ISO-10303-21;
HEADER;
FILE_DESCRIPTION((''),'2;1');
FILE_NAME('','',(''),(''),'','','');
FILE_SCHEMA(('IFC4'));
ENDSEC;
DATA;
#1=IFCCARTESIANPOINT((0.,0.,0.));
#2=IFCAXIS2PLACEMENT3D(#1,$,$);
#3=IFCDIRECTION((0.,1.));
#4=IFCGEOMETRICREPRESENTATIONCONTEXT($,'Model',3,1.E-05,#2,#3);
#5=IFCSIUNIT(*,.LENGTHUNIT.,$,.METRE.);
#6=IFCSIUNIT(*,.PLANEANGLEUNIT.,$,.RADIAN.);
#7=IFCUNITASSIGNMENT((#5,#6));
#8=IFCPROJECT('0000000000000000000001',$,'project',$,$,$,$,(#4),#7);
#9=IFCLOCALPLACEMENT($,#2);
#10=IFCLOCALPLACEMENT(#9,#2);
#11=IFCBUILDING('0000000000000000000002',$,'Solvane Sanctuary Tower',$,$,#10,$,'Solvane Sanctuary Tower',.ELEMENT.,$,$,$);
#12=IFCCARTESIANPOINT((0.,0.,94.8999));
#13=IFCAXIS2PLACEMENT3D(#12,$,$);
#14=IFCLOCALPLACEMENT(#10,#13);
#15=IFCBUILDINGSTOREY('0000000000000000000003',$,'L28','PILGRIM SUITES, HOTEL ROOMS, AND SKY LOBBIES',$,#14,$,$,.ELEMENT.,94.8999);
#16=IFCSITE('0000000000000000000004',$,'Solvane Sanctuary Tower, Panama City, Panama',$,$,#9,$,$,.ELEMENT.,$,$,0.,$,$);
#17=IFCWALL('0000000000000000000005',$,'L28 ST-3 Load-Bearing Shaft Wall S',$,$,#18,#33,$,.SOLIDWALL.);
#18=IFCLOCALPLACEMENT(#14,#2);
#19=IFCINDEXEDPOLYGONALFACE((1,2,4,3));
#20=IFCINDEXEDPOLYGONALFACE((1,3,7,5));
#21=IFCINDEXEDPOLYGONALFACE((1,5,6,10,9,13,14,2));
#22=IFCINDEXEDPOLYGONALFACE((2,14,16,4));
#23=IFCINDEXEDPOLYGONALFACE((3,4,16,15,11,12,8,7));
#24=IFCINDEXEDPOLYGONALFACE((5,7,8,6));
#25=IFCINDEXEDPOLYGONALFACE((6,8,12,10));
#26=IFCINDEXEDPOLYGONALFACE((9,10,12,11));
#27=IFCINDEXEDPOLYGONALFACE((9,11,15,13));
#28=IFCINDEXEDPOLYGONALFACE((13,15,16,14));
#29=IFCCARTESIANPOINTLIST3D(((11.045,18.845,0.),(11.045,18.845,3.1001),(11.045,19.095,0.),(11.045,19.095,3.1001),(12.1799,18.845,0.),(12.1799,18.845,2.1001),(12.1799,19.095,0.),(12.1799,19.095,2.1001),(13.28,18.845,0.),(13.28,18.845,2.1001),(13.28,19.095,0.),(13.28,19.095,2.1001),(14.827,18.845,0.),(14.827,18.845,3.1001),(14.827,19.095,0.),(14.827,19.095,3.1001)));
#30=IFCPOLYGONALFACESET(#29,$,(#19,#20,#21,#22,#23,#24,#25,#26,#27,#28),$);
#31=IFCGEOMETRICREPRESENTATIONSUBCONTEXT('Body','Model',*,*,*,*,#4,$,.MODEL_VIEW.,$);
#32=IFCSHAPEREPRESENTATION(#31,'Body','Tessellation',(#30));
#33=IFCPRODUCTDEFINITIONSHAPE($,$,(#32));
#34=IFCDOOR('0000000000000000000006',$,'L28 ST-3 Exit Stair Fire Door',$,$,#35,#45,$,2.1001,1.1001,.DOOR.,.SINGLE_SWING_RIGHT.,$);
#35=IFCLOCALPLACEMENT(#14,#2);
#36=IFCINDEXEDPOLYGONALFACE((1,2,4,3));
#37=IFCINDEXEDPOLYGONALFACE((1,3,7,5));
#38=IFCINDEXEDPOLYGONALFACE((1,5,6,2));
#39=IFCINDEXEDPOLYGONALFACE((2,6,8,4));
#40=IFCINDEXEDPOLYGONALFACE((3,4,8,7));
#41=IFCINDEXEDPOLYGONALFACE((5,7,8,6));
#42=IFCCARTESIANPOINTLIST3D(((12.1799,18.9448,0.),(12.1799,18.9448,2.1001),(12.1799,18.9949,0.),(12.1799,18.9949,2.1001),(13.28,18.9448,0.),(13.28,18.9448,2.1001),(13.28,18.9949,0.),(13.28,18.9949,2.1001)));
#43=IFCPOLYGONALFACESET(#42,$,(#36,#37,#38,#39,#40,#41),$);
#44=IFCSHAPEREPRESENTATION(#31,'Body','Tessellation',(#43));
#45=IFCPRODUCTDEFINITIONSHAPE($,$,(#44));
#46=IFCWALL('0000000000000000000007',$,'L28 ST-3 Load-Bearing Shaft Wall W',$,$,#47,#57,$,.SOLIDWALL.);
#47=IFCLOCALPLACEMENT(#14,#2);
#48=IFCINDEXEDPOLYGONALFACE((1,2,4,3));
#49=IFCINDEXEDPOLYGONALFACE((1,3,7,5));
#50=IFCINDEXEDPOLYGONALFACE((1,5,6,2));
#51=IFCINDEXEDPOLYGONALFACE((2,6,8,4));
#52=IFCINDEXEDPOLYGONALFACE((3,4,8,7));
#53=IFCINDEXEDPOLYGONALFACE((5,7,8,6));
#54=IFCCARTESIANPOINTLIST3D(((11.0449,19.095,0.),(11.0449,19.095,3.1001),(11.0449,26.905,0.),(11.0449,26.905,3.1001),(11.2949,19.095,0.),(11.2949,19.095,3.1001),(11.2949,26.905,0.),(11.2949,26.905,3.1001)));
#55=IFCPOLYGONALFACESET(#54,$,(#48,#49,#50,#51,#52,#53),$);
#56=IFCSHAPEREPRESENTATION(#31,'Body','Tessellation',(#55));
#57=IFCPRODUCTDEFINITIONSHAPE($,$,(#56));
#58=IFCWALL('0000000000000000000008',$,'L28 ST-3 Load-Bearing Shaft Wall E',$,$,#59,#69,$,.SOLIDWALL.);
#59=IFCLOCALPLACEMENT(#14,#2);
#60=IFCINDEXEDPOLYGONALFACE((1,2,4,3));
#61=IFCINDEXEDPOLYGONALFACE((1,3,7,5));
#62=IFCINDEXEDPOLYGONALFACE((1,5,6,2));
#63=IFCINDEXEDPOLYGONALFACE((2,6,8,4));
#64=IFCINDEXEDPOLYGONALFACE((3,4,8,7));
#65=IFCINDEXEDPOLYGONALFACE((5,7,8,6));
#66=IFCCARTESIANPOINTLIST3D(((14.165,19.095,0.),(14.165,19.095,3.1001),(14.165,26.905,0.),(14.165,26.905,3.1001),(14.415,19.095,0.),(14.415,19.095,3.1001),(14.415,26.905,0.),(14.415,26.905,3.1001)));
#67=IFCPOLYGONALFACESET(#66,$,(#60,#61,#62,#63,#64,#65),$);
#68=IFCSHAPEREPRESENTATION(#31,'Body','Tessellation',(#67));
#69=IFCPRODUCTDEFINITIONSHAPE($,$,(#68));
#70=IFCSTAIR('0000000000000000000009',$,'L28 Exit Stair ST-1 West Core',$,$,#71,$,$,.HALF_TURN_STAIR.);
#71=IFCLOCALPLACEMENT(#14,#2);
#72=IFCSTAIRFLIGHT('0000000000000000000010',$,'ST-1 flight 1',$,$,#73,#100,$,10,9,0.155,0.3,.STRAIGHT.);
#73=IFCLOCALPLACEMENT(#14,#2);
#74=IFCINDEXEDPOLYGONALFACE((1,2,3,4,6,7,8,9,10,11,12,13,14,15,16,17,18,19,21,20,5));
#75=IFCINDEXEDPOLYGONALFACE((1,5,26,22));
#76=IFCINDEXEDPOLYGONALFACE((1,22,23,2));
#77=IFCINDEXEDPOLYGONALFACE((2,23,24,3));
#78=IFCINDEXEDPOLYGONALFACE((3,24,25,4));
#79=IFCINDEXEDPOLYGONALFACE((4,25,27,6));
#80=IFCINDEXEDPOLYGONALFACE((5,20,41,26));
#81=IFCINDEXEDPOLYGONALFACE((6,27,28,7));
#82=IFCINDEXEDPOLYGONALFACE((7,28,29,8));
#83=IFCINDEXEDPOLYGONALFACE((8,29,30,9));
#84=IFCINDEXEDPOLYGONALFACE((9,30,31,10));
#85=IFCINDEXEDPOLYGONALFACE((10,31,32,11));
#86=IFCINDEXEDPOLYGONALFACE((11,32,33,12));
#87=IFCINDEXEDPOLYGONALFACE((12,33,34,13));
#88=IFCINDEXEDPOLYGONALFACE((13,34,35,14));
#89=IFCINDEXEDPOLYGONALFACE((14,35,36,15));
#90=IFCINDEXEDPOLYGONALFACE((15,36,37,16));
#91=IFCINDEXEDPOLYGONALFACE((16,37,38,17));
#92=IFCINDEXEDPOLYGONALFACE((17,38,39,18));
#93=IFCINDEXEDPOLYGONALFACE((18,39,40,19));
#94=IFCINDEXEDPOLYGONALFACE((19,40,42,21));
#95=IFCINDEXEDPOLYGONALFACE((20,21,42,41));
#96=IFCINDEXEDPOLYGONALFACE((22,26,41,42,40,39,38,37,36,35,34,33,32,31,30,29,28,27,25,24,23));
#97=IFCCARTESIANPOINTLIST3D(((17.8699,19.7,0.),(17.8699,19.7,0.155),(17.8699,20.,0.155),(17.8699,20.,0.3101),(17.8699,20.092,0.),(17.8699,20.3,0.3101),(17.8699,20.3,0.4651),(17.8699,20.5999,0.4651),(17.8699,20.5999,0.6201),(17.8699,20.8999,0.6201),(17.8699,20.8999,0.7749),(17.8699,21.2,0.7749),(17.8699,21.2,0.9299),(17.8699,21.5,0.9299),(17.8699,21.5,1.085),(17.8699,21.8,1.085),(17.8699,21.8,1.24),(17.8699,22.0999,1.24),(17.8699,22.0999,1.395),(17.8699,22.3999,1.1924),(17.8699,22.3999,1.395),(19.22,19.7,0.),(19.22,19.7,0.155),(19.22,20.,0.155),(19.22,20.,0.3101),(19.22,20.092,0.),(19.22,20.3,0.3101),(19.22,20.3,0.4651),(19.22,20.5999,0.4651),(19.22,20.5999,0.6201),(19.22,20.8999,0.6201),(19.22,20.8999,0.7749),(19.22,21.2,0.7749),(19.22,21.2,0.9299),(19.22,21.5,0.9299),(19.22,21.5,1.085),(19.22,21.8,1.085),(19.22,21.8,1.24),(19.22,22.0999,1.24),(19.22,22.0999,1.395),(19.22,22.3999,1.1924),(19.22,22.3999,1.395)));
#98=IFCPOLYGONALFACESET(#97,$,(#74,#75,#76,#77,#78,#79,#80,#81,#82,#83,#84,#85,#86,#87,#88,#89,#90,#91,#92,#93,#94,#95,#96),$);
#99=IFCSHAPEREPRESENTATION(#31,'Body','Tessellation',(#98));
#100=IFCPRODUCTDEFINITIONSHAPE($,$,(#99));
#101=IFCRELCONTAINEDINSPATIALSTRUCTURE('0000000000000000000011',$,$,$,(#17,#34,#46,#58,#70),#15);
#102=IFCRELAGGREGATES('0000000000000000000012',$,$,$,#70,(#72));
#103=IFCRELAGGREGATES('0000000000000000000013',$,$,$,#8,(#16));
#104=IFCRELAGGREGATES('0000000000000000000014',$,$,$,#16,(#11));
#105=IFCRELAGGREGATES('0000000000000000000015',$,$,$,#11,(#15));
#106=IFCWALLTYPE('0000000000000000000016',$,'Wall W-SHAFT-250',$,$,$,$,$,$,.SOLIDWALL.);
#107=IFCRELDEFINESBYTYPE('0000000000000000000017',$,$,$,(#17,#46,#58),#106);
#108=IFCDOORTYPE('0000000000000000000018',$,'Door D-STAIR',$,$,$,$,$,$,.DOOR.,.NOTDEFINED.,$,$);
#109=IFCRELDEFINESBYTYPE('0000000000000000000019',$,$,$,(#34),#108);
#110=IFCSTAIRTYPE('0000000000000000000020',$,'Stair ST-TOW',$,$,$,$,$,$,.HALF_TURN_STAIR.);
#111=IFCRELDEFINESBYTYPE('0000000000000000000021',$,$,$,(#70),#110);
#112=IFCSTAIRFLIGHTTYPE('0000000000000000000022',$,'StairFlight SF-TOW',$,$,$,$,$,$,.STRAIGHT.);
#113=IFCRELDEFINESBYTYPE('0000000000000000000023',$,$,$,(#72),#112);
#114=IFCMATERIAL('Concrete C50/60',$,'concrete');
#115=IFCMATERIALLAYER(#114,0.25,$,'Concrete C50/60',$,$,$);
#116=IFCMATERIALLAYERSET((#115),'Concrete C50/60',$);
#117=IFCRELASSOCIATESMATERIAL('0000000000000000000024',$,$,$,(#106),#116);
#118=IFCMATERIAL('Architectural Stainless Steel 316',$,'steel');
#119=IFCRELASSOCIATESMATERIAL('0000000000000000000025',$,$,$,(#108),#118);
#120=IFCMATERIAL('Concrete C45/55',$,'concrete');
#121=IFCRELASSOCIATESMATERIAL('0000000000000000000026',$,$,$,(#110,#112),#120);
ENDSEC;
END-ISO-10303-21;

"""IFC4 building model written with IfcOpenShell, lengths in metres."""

from ifc_helpers import new_model, si_unit, direction, frame, frame_2d, origin, place, context, subcontext, project, spatial, polyline, rectangle, outline, extrude, material, layer, layer_set, type_object, element, fill, aggregate, save


model = new_model("IFC4")

# Units and contexts
model_context = context("Model", 3, precision=1e-05, world=origin(), true_north=direction((0.0, 1.0)))
body_context = subcontext(model_context, "Body", "Model", "MODEL_VIEW")
ifc_project = project(units=[si_unit("LENGTHUNIT", "METRE"), si_unit("PLANEANGLEUNIT", "RADIAN")], contexts=[model_context])

# Site, building, storey
site_placement = place(None, origin())
site = spatial("IfcSite", under=ifc_project, at=site_placement, Name="Solvane Sanctuary Tower, Panama City, Panama", CompositionType="ELEMENT", RefElevation=0.0)
building_placement = place(site_placement, origin())
building = spatial("IfcBuilding", under=site, at=building_placement, Name="Solvane Sanctuary Tower", LongName="Solvane Sanctuary Tower", CompositionType="ELEMENT")
storey_placement = place(building_placement, frame((0.0, 0.0, 94.8999)))
storey = spatial("IfcBuildingStorey", under=building, at=storey_placement, Name="L28", Description="PILGRIM SUITES, HOTEL ROOMS, AND SKY LOBBIES", CompositionType="ELEMENT", Elevation=94.8999)

# Shared definitions
ifc_material_1 = material(Name="Concrete C50/60", Category="concrete")

# Shared definitions
ifc_layer_1 = layer(ifc_material_1, 0.25, Name="Concrete C50/60")
ifc_layer_set_1 = layer_set([ifc_layer_1], Name="Concrete C50/60")
wall_type_1 = type_object("IfcWallType", Name="Wall W-SHAFT-250", PredefinedType="SOLIDWALL", material=ifc_layer_set_1)
ifc_material_2 = material(Name="Architectural Stainless Steel 316", Category="steel")
door_type_1 = type_object("IfcDoorType", Name="Door D-STAIR", OperationType="NOTDEFINED", PredefinedType="DOOR", material=ifc_material_2)

# Wall, opening, door
wall_1_placement = place(storey_placement, frame((11.0449, 18.97, 0.0), z_axis=(0.0, 0.0, 1.0), x_axis=(1.0, 0.0, 0.0)))
wall_1 = element("IfcWall", 1, at=wall_1_placement, inside=storey, type_object=wall_type_1, Name="L28 ST-3 Load-Bearing Shaft Wall S", PredefinedType="SOLIDWALL", context=body_context, shape_type="SweptSolid", body=[
    extrude(rectangle(XDim=3.782, YDim=0.25, at=frame_2d((1.8911, 0.0))), origin(), (0.0, 0.0, 1.0), 3.1001),
])
opening_1_placement = place(wall_1_placement, frame((1.135, 0.0, 0.0)))
opening_1 = element("IfcOpeningElement", 2, at=opening_1_placement, cuts=wall_1, PredefinedType="OPENING", context=body_context, shape_type="SweptSolid", body=[
    extrude(rectangle(XDim=1.1001, YDim=2.1001, at=frame_2d((0.55, 1.05))), frame((0.0, 0.135, 0.0), z_axis=(0.0, -1.0, 0.0), x_axis=(1.0, 0.0, 0.0)), (0.0, 0.0, 1.0), 0.27),
])
door_1_placement = place(opening_1_placement, origin())
door_1 = element("IfcDoor", 3, at=door_1_placement, inside=storey, type_object=door_type_1, Name="L28 ST-3 Exit Stair Fire Door", OperationType="SINGLE_SWING_RIGHT", OverallHeight=2.1001, OverallWidth=1.1001, PredefinedType="DOOR", context=body_context, shape_type="SweptSolid", body=[
    extrude(rectangle(XDim=1.1001, YDim=2.1001, at=frame_2d((0.55, 1.05))), frame((0.0, 0.0249, 0.0), z_axis=(0.0, -1.0, 0.0), x_axis=(1.0, 0.0, 0.0)), (0.0, 0.0, 1.0), 0.05),
])
fill(opening_1, door_1)

# Walls
for number, where, z_axis, x_axis, name in (
    (4, (11.1699, 19.095, 0.0), (0.0, 0.0, 1.0), (0.0, 1.0, 0.0), "L28 ST-3 Load-Bearing Shaft Wall W"),
    (5, (14.29, 19.095, 0.0), (0.0, 0.0, 1.0), (0.0, 1.0, 0.0), "L28 ST-3 Load-Bearing Shaft Wall E"),
):
    element("IfcWall", number, at=place(storey_placement, frame(where, z_axis=z_axis, x_axis=x_axis)), inside=storey, type_object=wall_type_1, Name=name, PredefinedType="SOLIDWALL", context=body_context, shape_type="SweptSolid", body=[
        extrude(rectangle(XDim=7.8101, YDim=0.25, at=frame_2d((3.905, 0.0))), origin(), (0.0, 0.0, 1.0), 3.1001),
    ])

# Stair, stair flight
ifc_material_3 = material(Name="Concrete C45/55", Category="concrete")
stair_type = type_object("IfcStairType", Name="Stair ST-TOW", PredefinedType="HALF_TURN_STAIR", material=ifc_material_3)
stair_placement = place(storey_placement, origin())
stair = element("IfcStair", 6, at=stair_placement, inside=storey, type_object=stair_type, Name="L28 Exit Stair ST-1 West Core", PredefinedType="HALF_TURN_STAIR")
stair_flight_type = type_object("IfcStairFlightType", Name="StairFlight SF-TOW", PredefinedType="STRAIGHT", material=ifc_material_3)
stair_flight_placement = place(storey_placement, frame((18.5449, 19.7, 0.0), z_axis=(0.0, 0.0, 1.0), x_axis=(0.0, 1.0, 0.0)))
stair_flight = element("IfcStairFlight", 7, at=stair_flight_placement, type_object=stair_flight_type, Name="ST-1 flight 1", NumberOfRisers=10, NumberOfTreads=9, PredefinedType="STRAIGHT", RiserHeight=0.155, TreadLength=0.3, context=body_context, shape_type="SweptSolid", body=[
    extrude(outline(polyline([(0.0, 0.0), (0.0, 0.155), (0.3, 0.155), (0.3, 0.3101), (0.6001, 0.3101), (0.6001, 0.4651), (0.8999, 0.4651), (0.8999, 0.6201), (1.2, 0.6201), (1.2, 0.7749), (1.5, 0.7749), (1.5, 0.9299), (1.8, 0.9299), (1.8, 1.085), (2.1001, 1.085), (2.1001, 1.24), (2.3999, 1.24), (2.3999, 1.395), (2.7, 1.395), (2.7, 1.55), (2.7, 1.1924), (0.3921, 0.0), (0.0, 0.0)])), frame((0.0, 0.675, 0.0), z_axis=(0.0, -1.0, 0.0), x_axis=(1.0, 0.0, 0.0)), (0.0, 0.0, 1.0), 1.3501),
])
aggregate(stair, [stair_flight])

save(model, "model.ifc")
